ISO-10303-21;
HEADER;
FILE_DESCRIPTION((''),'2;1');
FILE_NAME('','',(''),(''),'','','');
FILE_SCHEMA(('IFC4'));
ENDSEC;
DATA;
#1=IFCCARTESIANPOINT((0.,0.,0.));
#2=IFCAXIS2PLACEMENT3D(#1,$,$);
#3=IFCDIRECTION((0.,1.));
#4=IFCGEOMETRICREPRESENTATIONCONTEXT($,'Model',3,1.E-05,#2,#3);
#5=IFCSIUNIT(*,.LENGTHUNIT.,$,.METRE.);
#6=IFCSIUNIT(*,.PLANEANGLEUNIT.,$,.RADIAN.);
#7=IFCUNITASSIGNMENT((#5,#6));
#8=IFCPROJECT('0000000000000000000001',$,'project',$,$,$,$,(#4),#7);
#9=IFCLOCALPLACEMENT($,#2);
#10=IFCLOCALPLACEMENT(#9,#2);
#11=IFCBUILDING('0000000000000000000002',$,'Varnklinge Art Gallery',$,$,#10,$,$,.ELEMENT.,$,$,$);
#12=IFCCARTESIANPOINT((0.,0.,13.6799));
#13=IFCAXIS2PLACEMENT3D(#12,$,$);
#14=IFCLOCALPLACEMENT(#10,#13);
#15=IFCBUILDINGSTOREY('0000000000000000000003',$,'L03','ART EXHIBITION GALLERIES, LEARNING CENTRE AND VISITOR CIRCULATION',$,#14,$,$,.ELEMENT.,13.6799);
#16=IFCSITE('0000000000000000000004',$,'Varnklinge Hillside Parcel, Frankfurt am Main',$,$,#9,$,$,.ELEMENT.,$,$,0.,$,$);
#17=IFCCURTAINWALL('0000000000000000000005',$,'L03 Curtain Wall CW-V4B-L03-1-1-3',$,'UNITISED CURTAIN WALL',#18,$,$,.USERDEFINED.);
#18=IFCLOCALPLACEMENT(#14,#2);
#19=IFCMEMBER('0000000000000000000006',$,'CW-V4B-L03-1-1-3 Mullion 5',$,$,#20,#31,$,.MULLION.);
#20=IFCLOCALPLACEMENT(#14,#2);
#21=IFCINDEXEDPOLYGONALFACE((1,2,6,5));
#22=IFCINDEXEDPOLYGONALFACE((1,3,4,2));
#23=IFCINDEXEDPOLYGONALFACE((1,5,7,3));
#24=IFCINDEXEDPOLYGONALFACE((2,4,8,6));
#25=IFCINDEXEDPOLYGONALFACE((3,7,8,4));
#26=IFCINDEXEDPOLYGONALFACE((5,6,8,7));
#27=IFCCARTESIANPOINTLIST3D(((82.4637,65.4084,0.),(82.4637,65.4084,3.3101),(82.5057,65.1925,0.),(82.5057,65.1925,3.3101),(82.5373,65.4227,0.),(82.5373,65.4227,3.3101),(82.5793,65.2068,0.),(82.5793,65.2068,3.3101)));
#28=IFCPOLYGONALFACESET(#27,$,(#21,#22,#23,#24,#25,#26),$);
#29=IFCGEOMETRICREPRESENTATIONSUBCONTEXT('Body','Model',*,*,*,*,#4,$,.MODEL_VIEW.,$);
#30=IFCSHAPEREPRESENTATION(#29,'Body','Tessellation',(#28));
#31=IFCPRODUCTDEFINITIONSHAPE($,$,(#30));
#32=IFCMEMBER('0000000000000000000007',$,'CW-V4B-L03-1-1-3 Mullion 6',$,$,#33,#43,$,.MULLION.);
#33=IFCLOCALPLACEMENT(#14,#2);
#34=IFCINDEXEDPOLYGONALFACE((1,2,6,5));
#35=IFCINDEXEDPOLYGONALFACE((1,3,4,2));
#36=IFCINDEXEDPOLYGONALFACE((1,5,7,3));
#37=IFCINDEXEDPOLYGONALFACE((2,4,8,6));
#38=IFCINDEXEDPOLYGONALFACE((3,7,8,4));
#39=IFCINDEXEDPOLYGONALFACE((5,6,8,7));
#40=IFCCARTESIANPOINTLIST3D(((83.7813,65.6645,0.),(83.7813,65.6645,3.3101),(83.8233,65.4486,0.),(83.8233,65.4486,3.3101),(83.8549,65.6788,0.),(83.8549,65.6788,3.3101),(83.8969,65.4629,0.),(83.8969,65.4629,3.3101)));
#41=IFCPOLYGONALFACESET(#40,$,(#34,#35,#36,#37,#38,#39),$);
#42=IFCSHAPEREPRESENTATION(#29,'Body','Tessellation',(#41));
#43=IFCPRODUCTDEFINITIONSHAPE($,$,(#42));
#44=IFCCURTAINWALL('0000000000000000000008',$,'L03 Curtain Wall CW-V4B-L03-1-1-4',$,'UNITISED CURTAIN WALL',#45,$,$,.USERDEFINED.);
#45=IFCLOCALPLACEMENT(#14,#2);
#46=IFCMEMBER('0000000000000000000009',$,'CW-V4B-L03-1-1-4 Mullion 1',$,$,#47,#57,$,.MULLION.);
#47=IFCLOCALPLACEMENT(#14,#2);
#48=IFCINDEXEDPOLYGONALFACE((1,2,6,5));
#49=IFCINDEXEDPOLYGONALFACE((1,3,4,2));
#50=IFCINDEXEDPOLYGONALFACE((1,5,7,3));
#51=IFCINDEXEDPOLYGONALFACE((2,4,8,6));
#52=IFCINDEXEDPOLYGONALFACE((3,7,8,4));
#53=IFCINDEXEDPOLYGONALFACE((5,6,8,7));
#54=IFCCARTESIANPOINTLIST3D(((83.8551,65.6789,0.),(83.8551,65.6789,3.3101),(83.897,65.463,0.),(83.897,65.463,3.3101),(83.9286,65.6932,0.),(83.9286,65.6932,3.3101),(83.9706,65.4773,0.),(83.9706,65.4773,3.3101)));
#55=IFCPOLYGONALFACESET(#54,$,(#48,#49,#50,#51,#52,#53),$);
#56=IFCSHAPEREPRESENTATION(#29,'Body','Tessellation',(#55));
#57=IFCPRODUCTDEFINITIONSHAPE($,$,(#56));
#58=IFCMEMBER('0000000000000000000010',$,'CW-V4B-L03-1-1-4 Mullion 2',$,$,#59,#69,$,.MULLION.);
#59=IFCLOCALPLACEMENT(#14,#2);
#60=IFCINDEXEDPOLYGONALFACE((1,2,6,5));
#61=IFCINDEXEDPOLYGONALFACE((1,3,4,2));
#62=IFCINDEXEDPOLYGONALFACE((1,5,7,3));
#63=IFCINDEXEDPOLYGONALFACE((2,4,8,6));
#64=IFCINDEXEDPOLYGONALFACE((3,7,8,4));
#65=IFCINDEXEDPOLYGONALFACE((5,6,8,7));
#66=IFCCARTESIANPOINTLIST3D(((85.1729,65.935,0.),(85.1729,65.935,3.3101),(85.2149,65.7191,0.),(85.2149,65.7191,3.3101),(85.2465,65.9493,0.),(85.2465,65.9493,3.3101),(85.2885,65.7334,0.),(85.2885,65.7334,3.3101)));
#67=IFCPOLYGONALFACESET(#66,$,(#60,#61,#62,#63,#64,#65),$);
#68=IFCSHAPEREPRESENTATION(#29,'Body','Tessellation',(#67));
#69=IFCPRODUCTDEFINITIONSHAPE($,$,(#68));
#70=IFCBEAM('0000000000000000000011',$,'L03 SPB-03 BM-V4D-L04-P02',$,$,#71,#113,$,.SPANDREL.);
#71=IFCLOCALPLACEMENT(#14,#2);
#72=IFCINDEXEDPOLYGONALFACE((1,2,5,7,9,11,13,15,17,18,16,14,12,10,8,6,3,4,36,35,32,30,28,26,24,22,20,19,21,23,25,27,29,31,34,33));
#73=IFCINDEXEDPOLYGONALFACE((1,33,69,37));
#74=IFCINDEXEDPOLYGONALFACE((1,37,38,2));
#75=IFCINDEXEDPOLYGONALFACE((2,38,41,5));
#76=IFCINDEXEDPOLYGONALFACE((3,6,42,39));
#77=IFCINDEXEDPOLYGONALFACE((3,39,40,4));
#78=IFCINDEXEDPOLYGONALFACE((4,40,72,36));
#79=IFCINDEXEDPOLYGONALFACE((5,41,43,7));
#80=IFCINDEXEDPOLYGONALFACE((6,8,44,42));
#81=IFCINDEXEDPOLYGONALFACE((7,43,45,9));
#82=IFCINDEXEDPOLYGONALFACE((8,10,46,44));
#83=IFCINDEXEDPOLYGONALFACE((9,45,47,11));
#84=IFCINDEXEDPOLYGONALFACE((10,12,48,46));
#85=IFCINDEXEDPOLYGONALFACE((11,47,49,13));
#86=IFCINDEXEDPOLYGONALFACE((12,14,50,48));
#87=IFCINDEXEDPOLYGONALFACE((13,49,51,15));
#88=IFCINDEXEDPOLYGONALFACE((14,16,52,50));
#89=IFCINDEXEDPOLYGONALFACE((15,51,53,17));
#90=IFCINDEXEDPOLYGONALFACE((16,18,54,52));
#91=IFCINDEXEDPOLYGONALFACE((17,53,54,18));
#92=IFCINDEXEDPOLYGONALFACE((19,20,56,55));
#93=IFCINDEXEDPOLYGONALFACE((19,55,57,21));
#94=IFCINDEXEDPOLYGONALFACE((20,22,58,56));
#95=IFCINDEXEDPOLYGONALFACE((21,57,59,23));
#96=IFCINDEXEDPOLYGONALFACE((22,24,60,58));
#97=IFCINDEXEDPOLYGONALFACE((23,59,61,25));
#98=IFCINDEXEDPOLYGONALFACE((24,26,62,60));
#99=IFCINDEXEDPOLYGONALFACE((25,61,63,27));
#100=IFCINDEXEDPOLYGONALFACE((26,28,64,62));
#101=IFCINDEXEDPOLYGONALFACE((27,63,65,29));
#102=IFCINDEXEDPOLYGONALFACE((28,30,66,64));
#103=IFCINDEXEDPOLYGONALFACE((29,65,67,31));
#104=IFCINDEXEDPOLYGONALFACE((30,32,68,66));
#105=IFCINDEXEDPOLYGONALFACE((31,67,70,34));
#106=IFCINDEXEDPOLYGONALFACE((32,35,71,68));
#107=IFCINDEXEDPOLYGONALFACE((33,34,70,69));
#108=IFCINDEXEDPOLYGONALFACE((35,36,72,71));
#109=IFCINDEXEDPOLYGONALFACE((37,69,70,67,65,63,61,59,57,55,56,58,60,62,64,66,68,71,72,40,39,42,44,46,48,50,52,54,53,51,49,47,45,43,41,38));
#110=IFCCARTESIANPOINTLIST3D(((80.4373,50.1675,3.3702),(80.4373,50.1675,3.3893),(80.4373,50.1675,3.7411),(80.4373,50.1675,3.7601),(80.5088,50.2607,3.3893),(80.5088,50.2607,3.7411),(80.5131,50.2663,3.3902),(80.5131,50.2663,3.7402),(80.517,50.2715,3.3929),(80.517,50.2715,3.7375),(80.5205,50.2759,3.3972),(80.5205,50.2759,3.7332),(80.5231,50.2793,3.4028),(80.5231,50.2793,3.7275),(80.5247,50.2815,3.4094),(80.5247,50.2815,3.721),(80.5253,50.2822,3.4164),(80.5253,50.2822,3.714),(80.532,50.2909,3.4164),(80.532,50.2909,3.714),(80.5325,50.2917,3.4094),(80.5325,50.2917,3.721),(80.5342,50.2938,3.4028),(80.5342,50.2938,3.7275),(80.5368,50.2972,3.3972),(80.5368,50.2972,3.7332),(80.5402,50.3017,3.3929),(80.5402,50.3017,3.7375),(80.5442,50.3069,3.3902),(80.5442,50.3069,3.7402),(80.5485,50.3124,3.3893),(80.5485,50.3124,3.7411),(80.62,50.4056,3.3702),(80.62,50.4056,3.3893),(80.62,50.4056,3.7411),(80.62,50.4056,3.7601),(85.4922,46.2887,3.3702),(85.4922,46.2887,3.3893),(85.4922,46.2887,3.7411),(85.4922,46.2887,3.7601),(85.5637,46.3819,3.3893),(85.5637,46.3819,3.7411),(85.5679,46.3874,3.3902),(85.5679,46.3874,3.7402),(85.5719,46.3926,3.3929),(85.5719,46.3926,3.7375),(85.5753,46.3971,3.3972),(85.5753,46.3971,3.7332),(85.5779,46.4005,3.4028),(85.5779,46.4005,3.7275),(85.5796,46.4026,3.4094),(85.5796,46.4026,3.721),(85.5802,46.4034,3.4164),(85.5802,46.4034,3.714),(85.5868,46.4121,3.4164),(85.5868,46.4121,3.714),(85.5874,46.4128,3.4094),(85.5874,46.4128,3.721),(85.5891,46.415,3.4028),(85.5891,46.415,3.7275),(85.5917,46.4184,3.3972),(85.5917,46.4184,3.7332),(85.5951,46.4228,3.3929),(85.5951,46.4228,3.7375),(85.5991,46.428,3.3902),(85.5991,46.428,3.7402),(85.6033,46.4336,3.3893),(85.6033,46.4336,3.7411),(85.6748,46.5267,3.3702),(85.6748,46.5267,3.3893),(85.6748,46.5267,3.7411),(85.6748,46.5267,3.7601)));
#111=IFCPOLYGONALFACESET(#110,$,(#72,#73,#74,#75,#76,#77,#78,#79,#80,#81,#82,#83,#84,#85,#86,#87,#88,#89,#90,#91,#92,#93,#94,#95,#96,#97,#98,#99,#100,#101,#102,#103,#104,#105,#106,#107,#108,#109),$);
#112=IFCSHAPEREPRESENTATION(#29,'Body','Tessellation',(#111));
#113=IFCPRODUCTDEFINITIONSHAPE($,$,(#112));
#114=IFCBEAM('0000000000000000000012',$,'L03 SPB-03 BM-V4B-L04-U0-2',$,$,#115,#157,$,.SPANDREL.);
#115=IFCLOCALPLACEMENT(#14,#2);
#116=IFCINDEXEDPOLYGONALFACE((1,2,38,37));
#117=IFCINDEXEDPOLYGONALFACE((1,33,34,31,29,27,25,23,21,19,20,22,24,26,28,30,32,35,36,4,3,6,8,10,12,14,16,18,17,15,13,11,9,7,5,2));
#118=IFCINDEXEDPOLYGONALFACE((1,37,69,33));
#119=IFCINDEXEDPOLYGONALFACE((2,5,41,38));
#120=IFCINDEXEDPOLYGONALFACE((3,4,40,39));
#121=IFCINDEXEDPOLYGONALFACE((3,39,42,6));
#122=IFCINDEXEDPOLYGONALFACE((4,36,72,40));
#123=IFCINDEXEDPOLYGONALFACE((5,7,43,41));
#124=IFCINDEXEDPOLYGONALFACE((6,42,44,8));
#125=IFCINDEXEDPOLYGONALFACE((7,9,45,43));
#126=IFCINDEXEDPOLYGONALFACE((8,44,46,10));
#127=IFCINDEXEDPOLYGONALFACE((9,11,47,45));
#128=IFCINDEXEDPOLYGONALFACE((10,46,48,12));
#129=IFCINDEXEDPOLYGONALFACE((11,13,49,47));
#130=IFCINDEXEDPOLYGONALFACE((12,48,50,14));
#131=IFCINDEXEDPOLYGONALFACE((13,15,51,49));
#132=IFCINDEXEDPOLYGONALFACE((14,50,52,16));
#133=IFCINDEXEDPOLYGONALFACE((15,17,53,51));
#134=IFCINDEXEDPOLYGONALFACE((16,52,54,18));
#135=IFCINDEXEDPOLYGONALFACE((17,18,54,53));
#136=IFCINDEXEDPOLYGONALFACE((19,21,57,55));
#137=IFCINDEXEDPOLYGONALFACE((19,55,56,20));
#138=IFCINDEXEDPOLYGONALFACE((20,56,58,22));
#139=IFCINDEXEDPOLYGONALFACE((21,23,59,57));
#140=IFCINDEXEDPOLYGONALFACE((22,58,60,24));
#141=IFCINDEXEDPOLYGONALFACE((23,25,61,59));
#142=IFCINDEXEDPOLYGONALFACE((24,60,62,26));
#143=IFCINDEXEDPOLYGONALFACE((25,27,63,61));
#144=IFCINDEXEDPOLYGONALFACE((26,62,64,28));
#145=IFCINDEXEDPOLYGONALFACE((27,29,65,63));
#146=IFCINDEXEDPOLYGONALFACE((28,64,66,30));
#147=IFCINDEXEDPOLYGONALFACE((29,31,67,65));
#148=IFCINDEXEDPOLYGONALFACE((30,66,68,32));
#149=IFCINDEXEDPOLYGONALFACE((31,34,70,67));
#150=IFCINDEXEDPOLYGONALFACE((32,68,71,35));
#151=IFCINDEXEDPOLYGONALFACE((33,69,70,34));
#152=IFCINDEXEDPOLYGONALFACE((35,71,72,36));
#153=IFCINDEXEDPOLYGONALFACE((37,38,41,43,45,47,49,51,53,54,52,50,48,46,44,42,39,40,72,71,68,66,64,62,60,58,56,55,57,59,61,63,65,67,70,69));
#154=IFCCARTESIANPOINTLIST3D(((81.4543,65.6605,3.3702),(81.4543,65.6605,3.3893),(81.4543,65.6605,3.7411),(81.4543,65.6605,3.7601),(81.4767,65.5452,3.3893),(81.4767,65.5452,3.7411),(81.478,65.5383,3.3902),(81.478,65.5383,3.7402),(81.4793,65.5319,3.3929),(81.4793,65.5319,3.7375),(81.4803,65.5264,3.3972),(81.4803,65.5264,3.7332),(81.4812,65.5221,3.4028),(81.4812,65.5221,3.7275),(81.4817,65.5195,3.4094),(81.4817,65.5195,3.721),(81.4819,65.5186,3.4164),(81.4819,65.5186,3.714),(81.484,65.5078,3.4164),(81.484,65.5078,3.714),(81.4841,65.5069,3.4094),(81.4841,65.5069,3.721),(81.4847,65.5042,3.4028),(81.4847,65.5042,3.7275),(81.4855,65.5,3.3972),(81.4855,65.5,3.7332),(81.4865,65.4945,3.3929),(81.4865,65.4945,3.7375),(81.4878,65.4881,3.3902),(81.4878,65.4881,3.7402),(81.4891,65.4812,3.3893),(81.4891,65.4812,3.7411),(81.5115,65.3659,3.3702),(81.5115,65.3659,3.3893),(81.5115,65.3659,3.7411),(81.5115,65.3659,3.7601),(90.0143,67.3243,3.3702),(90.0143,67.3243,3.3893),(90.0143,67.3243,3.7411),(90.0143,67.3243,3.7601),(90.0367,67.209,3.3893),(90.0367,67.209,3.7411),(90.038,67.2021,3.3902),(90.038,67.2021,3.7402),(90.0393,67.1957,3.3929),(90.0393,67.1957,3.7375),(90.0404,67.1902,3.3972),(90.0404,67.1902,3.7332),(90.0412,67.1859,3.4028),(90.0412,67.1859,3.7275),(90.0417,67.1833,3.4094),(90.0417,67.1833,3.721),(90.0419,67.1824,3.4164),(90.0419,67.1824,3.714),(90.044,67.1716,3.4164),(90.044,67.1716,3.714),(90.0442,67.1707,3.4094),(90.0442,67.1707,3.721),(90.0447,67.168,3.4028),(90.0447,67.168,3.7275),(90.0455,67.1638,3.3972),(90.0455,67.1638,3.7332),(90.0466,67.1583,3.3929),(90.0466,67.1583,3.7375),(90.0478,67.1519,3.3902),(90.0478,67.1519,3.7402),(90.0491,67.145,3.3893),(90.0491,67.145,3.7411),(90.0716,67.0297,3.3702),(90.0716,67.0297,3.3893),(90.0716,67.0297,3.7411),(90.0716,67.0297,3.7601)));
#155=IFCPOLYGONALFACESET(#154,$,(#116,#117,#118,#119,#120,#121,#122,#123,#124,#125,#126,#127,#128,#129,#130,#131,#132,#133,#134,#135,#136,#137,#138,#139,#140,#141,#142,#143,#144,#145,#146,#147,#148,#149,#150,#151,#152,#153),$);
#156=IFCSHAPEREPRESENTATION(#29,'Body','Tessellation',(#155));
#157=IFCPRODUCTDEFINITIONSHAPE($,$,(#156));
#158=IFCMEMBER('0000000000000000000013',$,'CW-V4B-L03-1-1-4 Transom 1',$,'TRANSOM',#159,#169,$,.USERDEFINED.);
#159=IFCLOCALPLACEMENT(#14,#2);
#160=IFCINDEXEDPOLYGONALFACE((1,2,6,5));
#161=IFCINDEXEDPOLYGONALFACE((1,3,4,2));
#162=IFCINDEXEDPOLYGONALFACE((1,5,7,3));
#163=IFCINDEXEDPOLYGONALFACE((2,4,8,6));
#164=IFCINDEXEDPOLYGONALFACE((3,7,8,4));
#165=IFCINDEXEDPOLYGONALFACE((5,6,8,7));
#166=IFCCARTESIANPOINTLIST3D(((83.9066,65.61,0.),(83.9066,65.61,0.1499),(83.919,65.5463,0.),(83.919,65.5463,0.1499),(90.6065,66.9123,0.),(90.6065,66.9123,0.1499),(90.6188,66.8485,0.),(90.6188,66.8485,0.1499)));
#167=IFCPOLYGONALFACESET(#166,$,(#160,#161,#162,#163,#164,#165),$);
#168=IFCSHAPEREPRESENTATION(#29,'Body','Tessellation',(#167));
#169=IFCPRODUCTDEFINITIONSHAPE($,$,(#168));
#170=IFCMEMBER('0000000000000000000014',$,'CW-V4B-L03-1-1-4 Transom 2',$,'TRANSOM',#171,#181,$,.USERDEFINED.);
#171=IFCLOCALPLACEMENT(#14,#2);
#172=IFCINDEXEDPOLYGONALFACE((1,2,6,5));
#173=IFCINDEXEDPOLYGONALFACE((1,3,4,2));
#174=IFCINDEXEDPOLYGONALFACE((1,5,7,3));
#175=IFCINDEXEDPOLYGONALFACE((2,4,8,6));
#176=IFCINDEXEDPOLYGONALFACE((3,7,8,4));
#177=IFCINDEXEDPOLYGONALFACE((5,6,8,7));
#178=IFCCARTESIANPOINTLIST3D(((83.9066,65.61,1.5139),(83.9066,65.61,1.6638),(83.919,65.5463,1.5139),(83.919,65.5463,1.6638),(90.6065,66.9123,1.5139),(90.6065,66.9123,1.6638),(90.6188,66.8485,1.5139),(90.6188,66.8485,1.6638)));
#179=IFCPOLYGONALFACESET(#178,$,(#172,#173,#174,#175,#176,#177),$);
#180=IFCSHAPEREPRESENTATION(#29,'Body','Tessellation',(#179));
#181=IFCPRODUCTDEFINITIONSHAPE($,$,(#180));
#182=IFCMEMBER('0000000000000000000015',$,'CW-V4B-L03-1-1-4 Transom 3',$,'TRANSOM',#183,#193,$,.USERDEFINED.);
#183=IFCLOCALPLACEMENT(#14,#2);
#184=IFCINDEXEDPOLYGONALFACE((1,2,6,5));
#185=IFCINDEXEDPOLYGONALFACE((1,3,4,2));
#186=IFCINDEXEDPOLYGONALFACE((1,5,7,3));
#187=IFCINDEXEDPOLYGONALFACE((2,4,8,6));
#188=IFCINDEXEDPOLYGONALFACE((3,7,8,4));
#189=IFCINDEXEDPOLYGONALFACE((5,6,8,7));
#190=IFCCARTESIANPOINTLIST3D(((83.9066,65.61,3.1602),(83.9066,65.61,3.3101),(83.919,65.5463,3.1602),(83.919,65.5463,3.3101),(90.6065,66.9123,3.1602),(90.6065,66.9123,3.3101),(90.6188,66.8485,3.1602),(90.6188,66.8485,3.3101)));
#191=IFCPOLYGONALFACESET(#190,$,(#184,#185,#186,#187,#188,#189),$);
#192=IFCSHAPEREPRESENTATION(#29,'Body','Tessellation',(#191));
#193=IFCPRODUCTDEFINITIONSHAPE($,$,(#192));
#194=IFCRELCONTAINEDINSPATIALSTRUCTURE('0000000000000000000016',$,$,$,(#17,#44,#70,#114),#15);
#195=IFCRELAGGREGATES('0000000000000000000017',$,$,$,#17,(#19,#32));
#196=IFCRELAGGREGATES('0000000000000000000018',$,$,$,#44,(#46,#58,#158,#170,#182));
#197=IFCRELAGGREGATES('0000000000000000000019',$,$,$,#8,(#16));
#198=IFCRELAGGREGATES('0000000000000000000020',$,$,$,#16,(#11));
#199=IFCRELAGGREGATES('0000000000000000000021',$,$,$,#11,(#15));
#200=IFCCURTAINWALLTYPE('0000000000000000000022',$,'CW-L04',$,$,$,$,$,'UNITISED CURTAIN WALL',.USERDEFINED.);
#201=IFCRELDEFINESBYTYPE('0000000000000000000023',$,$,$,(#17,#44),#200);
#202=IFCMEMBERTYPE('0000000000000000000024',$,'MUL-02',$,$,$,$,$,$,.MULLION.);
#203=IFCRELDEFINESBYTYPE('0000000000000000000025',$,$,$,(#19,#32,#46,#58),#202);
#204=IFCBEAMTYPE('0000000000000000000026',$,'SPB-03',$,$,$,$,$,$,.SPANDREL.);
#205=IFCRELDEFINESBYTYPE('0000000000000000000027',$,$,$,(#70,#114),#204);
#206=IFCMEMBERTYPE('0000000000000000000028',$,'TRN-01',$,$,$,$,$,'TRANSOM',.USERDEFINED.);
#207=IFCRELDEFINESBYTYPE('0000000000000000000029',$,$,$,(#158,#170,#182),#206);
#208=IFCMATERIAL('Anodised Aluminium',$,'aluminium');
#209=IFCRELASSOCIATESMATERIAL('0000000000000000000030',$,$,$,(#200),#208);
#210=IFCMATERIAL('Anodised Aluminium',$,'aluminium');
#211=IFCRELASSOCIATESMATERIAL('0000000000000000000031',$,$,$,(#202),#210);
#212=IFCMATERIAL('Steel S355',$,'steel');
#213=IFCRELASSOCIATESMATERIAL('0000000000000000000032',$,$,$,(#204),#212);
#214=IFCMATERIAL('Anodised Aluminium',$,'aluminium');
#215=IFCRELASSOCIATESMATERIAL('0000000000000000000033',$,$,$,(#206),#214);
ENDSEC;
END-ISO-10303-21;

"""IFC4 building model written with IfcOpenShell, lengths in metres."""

from ifc_helpers import new_model, si_unit, direction, frame, origin, origin_2d, place, context, subcontext, project, spatial, rectangle, i_section, extrude, material, material_profile, profile_set, type_object, element, aggregate, save


model = new_model("IFC4")

# Units and contexts
model_context = context("Model", 3, precision=1e-05, world=origin(), true_north=direction((0.0, 1.0)))
body_context = subcontext(model_context, "Body", "Model", "MODEL_VIEW")
ifc_project = project(units=[si_unit("LENGTHUNIT", "METRE"), si_unit("PLANEANGLEUNIT", "RADIAN")], contexts=[model_context])

# Site, building, storey
site_placement = place(None, origin())
site = spatial("IfcSite", under=ifc_project, at=site_placement, Name="Varnklinge Hillside Parcel, Frankfurt am Main", CompositionType="ELEMENT", RefElevation=0.0)
building_placement = place(site_placement, origin())
building = spatial("IfcBuilding", under=site, at=building_placement, Name="Varnklinge Art Gallery", CompositionType="ELEMENT")
storey_placement = place(building_placement, frame((0.0, 0.0, 13.6799)))
storey = spatial("IfcBuildingStorey", under=building, at=storey_placement, Name="L03", Description="ART EXHIBITION GALLERIES, LEARNING CENTRE AND VISITOR CIRCULATION", CompositionType="ELEMENT", Elevation=13.6799)

# Curtain walls, members
ifc_material_1 = material(Name="Anodised Aluminium", Category="aluminium")
curtain_wall_type = type_object("IfcCurtainWallType", Name="CW-L04", ElementType="UNITISED CURTAIN WALL", PredefinedType="USERDEFINED", material=ifc_material_1)
curtain_wall_1_placement = place(storey_placement, origin())
curtain_wall_1 = element("IfcCurtainWall", 1, at=curtain_wall_1_placement, inside=storey, type_object=curtain_wall_type, Name="L03 Curtain Wall CW-V4B-L03-1-1-3", ObjectType="UNITISED CURTAIN WALL", PredefinedType="USERDEFINED")
ifc_material_2 = material(Name="Anodised Aluminium", Category="aluminium")
ifc_material_profile_1 = material_profile(ifc_material_2, rectangle(XDim=0.075, YDim=0.22, at=origin_2d()), Name="ALU 75x220")
ifc_profile_set_1 = profile_set([ifc_material_profile_1], Name="Anodised Aluminium")
member_type_1 = type_object("IfcMemberType", Name="MUL-02", PredefinedType="MULLION", material=ifc_profile_set_1)
member_1_placement = place(storey_placement, frame((82.5215, 65.3076, 0.0), z_axis=(0.0, 0.0, 1.0), x_axis=(0.981627, 0.190809, 0.0)))
member_1 = element("IfcMember", 2, at=member_1_placement, type_object=member_type_1, Name="CW-V4B-L03-1-1-3 Mullion 5", PredefinedType="MULLION", context=body_context, shape_type="SweptSolid", body=[
    extrude(rectangle(XDim=0.075, YDim=0.22, at=origin_2d()), origin(), (0.0, 0.0, 1.0), 3.3101),
])
member_2_placement = place(storey_placement, frame((83.8391, 65.5637, 0.0), z_axis=(0.0, 0.0, 1.0), x_axis=(0.981627, 0.190809, 0.0)))
member_2 = element("IfcMember", 3, at=member_2_placement, type_object=member_type_1, Name="CW-V4B-L03-1-1-3 Mullion 6", PredefinedType="MULLION", context=body_context, shape_type="SweptSolid", body=[
    extrude(rectangle(XDim=0.075, YDim=0.22, at=origin_2d()), origin(), (0.0, 0.0, 1.0), 3.3101),
])
curtain_wall_2_placement = place(storey_placement, origin())
curtain_wall_2 = element("IfcCurtainWall", 4, at=curtain_wall_2_placement, inside=storey, type_object=curtain_wall_type, Name="L03 Curtain Wall CW-V4B-L03-1-1-4", ObjectType="UNITISED CURTAIN WALL", PredefinedType="USERDEFINED")
member_3_placement = place(storey_placement, frame((83.9128, 65.5781, 0.0), z_axis=(0.0, 0.0, 1.0), x_axis=(0.981627, 0.190809, 0.0)))
member_3 = element("IfcMember", 5, at=member_3_placement, type_object=member_type_1, Name="CW-V4B-L03-1-1-4 Mullion 1", PredefinedType="MULLION", context=body_context, shape_type="SweptSolid", body=[
    extrude(rectangle(XDim=0.075, YDim=0.22, at=origin_2d()), origin(), (0.0, 0.0, 1.0), 3.3101),
])
member_4_placement = place(storey_placement, frame((85.2307, 65.8342, 0.0), z_axis=(0.0, 0.0, 1.0), x_axis=(0.981627, 0.190809, 0.0)))
member_4 = element("IfcMember", 6, at=member_4_placement, type_object=member_type_1, Name="CW-V4B-L03-1-1-4 Mullion 2", PredefinedType="MULLION", context=body_context, shape_type="SweptSolid", body=[
    extrude(rectangle(XDim=0.075, YDim=0.22, at=origin_2d()), origin(), (0.0, 0.0, 1.0), 3.3101),
])

# Beams
ifc_material_3 = material(Name="Steel S355", Category="steel")
ifc_material_profile_2 = material_profile(ifc_material_3, i_section(OverallWidth=0.3, OverallDepth=0.3899, WebThickness=0.011, FlangeThickness=0.019, FilletRadius=0.0271, at=origin_2d()), Name="HEA 400")
ifc_profile_set_2 = profile_set([ifc_material_profile_2], Name="Steel S355")
beam_type_1 = type_object("IfcBeamType", Name="SPB-03", PredefinedType="SPANDREL", material=ifc_profile_set_2)
beam_1_placement = place(storey_placement, frame((85.5835, 46.4077, 3.5652), z_axis=(-0.793344, 0.608773, 0.0), x_axis=(-0.608773, -0.793344, 0.0)))
element("IfcBeam", 7, at=beam_1_placement, inside=storey, type_object=beam_type_1, Name="L03 SPB-03 BM-V4D-L04-P02", PredefinedType="SPANDREL", context=body_context, shape_type="SweptSolid", body=[
    extrude(i_section(OverallWidth=0.3, OverallDepth=0.3899, WebThickness=0.011, FlangeThickness=0.019, FilletRadius=0.0271, at=origin_2d()), origin(), (0.0, 0.0, 1.0), 6.3716),
])
beam_2_placement = place(storey_placement, frame((81.4829, 65.5132, 3.5652), z_axis=(0.981629, 0.190799, 0.0), x_axis=(-0.190799, 0.981629, 0.0)))
element("IfcBeam", 8, at=beam_2_placement, inside=storey, type_object=beam_type_1, Name="L03 SPB-03 BM-V4B-L04-U0-2", PredefinedType="SPANDREL", context=body_context, shape_type="SweptSolid", body=[
    extrude(i_section(OverallWidth=0.3, OverallDepth=0.3899, WebThickness=0.011, FlangeThickness=0.019, FilletRadius=0.0271, at=origin_2d()), origin(), (0.0, 0.0, 1.0), 8.7202),
])

# Members
ifc_material_4 = material(Name="Anodised Aluminium", Category="aluminium")
ifc_material_profile_3 = material_profile(ifc_material_4, rectangle(XDim=0.0649, YDim=0.1499, at=origin_2d()), Name="ALU 65x150")
ifc_profile_set_3 = profile_set([ifc_material_profile_3], Name="Anodised Aluminium")
member_type_2 = type_object("IfcMemberType", Name="TRN-01", ElementType="TRANSOM", PredefinedType="USERDEFINED", material=ifc_profile_set_3)
member_5_placement = place(storey_placement, frame((83.9128, 65.5781, 0.075), z_axis=(0.981628, 0.190803, 0.0), x_axis=(-0.190803, 0.981628, 0.0)))
member_5 = element("IfcMember", 9, at=member_5_placement, type_object=member_type_2, Name="CW-V4B-L03-1-1-4 Transom 1", ObjectType="TRANSOM", PredefinedType="USERDEFINED", context=body_context, shape_type="SweptSolid", body=[
    extrude(rectangle(XDim=0.0649, YDim=0.1499, at=origin_2d()), origin(), (0.0, 0.0, 1.0), 6.8252),
])
member_6_placement = place(storey_placement, frame((83.9128, 65.5781, 1.5889), z_axis=(0.981628, 0.190803, 0.0), x_axis=(-0.190803, 0.981628, 0.0)))
member_6 = element("IfcMember", 10, at=member_6_placement, type_object=member_type_2, Name="CW-V4B-L03-1-1-4 Transom 2", ObjectType="TRANSOM", PredefinedType="USERDEFINED", context=body_context, shape_type="SweptSolid", body=[
    extrude(rectangle(XDim=0.0649, YDim=0.1499, at=origin_2d()), origin(), (0.0, 0.0, 1.0), 6.8252),
])
member_7_placement = place(storey_placement, frame((83.9128, 65.5781, 3.2351), z_axis=(0.981628, 0.190803, 0.0), x_axis=(-0.190803, 0.981628, 0.0)))
member_7 = element("IfcMember", 11, at=member_7_placement, type_object=member_type_2, Name="CW-V4B-L03-1-1-4 Transom 3", ObjectType="TRANSOM", PredefinedType="USERDEFINED", context=body_context, shape_type="SweptSolid", body=[
    extrude(rectangle(XDim=0.0649, YDim=0.1499, at=origin_2d()), origin(), (0.0, 0.0, 1.0), 6.8252),
])

aggregate(curtain_wall_1, [member_1, member_2])
aggregate(curtain_wall_2, [member_3, member_4, member_5, member_6, member_7])

save(model, "model.ifc")
